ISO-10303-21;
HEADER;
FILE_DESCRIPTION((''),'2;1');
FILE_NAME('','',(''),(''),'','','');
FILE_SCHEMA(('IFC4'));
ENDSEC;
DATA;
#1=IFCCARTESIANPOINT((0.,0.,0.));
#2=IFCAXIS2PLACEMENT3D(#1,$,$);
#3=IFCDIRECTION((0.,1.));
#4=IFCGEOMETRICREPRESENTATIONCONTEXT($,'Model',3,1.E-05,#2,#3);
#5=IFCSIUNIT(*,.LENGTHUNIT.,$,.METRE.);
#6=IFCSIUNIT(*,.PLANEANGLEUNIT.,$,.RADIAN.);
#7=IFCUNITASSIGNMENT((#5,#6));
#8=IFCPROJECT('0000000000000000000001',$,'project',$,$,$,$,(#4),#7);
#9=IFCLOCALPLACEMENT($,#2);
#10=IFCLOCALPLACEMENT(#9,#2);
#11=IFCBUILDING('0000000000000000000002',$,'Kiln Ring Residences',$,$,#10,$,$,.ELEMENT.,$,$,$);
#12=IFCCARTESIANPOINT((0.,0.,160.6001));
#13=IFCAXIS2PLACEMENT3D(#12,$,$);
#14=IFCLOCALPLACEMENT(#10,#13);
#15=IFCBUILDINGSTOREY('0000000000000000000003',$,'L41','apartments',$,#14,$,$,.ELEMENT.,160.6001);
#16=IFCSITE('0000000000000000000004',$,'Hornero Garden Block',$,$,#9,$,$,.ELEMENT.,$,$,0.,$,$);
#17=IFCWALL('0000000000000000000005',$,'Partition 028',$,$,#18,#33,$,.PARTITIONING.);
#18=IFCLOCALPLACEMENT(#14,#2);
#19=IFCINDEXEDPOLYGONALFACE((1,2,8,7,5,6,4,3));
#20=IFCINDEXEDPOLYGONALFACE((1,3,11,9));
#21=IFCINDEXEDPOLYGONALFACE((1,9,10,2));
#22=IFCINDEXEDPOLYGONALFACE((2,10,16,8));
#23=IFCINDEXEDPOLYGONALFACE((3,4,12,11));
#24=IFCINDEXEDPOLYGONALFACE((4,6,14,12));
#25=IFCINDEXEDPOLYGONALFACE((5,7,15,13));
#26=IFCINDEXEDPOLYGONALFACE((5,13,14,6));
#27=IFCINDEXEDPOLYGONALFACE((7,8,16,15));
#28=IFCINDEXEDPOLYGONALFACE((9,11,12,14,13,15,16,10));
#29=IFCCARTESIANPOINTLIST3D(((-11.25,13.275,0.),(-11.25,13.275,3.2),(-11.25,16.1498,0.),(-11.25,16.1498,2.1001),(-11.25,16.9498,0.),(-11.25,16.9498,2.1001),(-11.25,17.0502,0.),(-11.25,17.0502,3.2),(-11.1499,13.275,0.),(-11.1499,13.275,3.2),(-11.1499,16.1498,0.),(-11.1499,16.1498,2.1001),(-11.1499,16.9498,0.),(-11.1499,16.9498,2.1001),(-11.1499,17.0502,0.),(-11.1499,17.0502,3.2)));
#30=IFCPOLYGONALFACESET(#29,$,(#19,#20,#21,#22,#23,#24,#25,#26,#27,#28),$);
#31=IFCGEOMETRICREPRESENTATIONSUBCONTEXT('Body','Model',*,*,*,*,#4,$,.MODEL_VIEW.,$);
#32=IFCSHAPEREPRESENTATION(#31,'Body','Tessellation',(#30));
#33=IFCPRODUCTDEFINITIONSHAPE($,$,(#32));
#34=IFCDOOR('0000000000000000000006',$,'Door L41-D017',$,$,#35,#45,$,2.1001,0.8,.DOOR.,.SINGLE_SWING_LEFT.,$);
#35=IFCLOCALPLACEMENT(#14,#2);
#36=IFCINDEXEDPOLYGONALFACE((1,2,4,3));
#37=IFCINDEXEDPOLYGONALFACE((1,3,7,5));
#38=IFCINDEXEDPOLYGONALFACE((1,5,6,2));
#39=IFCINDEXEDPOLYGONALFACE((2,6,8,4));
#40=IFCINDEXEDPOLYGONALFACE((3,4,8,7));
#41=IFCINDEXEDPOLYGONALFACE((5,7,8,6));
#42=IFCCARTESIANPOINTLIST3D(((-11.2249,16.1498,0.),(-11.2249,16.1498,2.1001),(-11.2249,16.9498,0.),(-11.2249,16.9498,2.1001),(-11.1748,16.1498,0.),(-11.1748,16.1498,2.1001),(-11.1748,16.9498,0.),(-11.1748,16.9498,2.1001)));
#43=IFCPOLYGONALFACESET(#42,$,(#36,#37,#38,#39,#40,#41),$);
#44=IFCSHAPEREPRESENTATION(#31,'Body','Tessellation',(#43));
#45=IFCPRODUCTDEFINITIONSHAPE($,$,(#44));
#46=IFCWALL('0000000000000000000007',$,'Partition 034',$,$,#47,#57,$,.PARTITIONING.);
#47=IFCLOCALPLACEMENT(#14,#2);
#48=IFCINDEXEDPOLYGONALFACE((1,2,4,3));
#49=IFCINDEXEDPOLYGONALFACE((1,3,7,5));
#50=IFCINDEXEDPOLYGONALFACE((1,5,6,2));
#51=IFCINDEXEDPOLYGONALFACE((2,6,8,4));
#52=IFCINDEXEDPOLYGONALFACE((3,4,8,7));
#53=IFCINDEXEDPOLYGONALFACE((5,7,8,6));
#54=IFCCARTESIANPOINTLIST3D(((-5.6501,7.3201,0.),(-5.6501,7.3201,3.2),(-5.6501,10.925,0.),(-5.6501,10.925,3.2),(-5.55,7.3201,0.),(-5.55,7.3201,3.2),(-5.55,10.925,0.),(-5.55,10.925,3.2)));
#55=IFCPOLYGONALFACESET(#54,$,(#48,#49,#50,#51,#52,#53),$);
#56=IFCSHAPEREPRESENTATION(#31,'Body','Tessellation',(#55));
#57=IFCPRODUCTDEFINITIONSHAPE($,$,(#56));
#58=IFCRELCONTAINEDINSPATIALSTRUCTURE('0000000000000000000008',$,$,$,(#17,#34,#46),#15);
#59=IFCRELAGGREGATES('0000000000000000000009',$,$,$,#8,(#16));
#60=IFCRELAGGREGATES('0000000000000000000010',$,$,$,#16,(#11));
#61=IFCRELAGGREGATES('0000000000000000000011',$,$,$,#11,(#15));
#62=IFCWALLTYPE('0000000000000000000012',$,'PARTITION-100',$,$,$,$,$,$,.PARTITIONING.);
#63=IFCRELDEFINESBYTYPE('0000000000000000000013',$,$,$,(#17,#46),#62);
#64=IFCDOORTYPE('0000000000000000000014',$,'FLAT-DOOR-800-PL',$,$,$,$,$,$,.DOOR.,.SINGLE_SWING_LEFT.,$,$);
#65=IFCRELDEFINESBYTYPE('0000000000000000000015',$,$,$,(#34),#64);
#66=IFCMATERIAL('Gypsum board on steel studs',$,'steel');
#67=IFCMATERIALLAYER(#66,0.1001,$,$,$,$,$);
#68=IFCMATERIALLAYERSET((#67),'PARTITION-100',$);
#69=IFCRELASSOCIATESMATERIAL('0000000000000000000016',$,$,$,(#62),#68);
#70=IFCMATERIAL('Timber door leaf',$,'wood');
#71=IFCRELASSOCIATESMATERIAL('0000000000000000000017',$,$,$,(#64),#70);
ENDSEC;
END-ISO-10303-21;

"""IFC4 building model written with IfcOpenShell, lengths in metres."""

from ifc_helpers import new_model, si_unit, direction, frame, frame_2d, origin, place, context, subcontext, project, spatial, rectangle, extrude, material, layer, layer_set, type_object, element, fill, save


model = new_model("IFC4")

# Units and contexts
model_context = context("Model", 3, precision=1e-05, world=origin(), true_north=direction((0.0, 1.0)))
body_context = subcontext(model_context, "Body", "Model", "MODEL_VIEW")
ifc_project = project(units=[si_unit("LENGTHUNIT", "METRE"), si_unit("PLANEANGLEUNIT", "RADIAN")], contexts=[model_context])

# Site, building, storey
site_placement = place(None, origin())
site = spatial("IfcSite", under=ifc_project, at=site_placement, Name="Hornero Garden Block", CompositionType="ELEMENT", RefElevation=0.0)
building_placement = place(site_placement, origin())
building = spatial("IfcBuilding", under=site, at=building_placement, Name="Kiln Ring Residences", CompositionType="ELEMENT")
storey_placement = place(building_placement, frame((0.0, 0.0, 160.6001)))
storey = spatial("IfcBuildingStorey", under=building, at=storey_placement, Name="L41", Description="apartments", CompositionType="ELEMENT", Elevation=160.6001)

# Shared definitions
ifc_material_1 = material(Name="Gypsum board on steel studs", Category="steel")
ifc_layer_1 = layer(ifc_material_1, 0.1001)
ifc_layer_set_1 = layer_set([ifc_layer_1], Name="PARTITION-100")
wall_type_1 = type_object("IfcWallType", Name="PARTITION-100", PredefinedType="PARTITIONING", material=ifc_layer_set_1)

# Wall, opening, door
wall_1_placement = place(storey_placement, frame((-11.2, 13.2749, 0.0), z_axis=(0.0, 0.0, 1.0), x_axis=(0.0, 1.0, 0.0)))
wall_1 = element("IfcWall", 1, at=wall_1_placement, inside=storey, type_object=wall_type_1, Name="Partition 028", PredefinedType="PARTITIONING", context=body_context, shape_type="SweptSolid", body=[
    extrude(rectangle(XDim=3.7751, YDim=0.1001, at=frame_2d((1.8877, 0.0))), origin(), (0.0, 0.0, 1.0), 3.2),
])
opening_1_placement = place(wall_1_placement, frame((2.875, 0.0, 0.0)))
opening_1 = element("IfcOpeningElement", 2, at=opening_1_placement, cuts=wall_1, PredefinedType="OPENING", context=body_context, shape_type="SweptSolid", body=[
    extrude(rectangle(XDim=0.8, YDim=2.1001, at=frame_2d((0.3999, 1.05))), frame((0.0, 0.0601, 0.0), z_axis=(0.0, -1.0, 0.0), x_axis=(1.0, 0.0, 0.0)), (0.0, 0.0, 1.0), 0.1201),
])
ifc_material_2 = material(Name="Timber door leaf", Category="wood")
door_type_1 = type_object("IfcDoorType", Name="FLAT-DOOR-800-PL", OperationType="SINGLE_SWING_LEFT", PredefinedType="DOOR", material=ifc_material_2)
door_1_placement = place(opening_1_placement, origin())
door_1 = element("IfcDoor", 3, at=door_1_placement, inside=storey, type_object=door_type_1, Name="Door L41-D017", OperationType="SINGLE_SWING_LEFT", OverallHeight=2.1001, OverallWidth=0.8, PredefinedType="DOOR", context=body_context, shape_type="SweptSolid", body=[
    extrude(rectangle(XDim=0.8, YDim=2.1001, at=frame_2d((0.3999, 1.05))), frame((0.0, 0.0249, 0.0), z_axis=(0.0, -1.0, 0.0), x_axis=(1.0, 0.0, 0.0)), (0.0, 0.0, 1.0), 0.05),
])
fill(opening_1, door_1)

# Wall
wall_2_placement = place(storey_placement, frame((-5.6001, 7.3201, 0.0), z_axis=(0.0, 0.0, 1.0), x_axis=(0.0, 1.0, 0.0)))
element("IfcWall", 4, at=wall_2_placement, inside=storey, type_object=wall_type_1, Name="Partition 034", PredefinedType="PARTITIONING", context=body_context, shape_type="SweptSolid", body=[
    extrude(rectangle(XDim=3.605, YDim=0.1001, at=frame_2d((1.8025, 0.0))), origin(), (0.0, 0.0, 1.0), 3.2),
])

save(model, "model.ifc")
